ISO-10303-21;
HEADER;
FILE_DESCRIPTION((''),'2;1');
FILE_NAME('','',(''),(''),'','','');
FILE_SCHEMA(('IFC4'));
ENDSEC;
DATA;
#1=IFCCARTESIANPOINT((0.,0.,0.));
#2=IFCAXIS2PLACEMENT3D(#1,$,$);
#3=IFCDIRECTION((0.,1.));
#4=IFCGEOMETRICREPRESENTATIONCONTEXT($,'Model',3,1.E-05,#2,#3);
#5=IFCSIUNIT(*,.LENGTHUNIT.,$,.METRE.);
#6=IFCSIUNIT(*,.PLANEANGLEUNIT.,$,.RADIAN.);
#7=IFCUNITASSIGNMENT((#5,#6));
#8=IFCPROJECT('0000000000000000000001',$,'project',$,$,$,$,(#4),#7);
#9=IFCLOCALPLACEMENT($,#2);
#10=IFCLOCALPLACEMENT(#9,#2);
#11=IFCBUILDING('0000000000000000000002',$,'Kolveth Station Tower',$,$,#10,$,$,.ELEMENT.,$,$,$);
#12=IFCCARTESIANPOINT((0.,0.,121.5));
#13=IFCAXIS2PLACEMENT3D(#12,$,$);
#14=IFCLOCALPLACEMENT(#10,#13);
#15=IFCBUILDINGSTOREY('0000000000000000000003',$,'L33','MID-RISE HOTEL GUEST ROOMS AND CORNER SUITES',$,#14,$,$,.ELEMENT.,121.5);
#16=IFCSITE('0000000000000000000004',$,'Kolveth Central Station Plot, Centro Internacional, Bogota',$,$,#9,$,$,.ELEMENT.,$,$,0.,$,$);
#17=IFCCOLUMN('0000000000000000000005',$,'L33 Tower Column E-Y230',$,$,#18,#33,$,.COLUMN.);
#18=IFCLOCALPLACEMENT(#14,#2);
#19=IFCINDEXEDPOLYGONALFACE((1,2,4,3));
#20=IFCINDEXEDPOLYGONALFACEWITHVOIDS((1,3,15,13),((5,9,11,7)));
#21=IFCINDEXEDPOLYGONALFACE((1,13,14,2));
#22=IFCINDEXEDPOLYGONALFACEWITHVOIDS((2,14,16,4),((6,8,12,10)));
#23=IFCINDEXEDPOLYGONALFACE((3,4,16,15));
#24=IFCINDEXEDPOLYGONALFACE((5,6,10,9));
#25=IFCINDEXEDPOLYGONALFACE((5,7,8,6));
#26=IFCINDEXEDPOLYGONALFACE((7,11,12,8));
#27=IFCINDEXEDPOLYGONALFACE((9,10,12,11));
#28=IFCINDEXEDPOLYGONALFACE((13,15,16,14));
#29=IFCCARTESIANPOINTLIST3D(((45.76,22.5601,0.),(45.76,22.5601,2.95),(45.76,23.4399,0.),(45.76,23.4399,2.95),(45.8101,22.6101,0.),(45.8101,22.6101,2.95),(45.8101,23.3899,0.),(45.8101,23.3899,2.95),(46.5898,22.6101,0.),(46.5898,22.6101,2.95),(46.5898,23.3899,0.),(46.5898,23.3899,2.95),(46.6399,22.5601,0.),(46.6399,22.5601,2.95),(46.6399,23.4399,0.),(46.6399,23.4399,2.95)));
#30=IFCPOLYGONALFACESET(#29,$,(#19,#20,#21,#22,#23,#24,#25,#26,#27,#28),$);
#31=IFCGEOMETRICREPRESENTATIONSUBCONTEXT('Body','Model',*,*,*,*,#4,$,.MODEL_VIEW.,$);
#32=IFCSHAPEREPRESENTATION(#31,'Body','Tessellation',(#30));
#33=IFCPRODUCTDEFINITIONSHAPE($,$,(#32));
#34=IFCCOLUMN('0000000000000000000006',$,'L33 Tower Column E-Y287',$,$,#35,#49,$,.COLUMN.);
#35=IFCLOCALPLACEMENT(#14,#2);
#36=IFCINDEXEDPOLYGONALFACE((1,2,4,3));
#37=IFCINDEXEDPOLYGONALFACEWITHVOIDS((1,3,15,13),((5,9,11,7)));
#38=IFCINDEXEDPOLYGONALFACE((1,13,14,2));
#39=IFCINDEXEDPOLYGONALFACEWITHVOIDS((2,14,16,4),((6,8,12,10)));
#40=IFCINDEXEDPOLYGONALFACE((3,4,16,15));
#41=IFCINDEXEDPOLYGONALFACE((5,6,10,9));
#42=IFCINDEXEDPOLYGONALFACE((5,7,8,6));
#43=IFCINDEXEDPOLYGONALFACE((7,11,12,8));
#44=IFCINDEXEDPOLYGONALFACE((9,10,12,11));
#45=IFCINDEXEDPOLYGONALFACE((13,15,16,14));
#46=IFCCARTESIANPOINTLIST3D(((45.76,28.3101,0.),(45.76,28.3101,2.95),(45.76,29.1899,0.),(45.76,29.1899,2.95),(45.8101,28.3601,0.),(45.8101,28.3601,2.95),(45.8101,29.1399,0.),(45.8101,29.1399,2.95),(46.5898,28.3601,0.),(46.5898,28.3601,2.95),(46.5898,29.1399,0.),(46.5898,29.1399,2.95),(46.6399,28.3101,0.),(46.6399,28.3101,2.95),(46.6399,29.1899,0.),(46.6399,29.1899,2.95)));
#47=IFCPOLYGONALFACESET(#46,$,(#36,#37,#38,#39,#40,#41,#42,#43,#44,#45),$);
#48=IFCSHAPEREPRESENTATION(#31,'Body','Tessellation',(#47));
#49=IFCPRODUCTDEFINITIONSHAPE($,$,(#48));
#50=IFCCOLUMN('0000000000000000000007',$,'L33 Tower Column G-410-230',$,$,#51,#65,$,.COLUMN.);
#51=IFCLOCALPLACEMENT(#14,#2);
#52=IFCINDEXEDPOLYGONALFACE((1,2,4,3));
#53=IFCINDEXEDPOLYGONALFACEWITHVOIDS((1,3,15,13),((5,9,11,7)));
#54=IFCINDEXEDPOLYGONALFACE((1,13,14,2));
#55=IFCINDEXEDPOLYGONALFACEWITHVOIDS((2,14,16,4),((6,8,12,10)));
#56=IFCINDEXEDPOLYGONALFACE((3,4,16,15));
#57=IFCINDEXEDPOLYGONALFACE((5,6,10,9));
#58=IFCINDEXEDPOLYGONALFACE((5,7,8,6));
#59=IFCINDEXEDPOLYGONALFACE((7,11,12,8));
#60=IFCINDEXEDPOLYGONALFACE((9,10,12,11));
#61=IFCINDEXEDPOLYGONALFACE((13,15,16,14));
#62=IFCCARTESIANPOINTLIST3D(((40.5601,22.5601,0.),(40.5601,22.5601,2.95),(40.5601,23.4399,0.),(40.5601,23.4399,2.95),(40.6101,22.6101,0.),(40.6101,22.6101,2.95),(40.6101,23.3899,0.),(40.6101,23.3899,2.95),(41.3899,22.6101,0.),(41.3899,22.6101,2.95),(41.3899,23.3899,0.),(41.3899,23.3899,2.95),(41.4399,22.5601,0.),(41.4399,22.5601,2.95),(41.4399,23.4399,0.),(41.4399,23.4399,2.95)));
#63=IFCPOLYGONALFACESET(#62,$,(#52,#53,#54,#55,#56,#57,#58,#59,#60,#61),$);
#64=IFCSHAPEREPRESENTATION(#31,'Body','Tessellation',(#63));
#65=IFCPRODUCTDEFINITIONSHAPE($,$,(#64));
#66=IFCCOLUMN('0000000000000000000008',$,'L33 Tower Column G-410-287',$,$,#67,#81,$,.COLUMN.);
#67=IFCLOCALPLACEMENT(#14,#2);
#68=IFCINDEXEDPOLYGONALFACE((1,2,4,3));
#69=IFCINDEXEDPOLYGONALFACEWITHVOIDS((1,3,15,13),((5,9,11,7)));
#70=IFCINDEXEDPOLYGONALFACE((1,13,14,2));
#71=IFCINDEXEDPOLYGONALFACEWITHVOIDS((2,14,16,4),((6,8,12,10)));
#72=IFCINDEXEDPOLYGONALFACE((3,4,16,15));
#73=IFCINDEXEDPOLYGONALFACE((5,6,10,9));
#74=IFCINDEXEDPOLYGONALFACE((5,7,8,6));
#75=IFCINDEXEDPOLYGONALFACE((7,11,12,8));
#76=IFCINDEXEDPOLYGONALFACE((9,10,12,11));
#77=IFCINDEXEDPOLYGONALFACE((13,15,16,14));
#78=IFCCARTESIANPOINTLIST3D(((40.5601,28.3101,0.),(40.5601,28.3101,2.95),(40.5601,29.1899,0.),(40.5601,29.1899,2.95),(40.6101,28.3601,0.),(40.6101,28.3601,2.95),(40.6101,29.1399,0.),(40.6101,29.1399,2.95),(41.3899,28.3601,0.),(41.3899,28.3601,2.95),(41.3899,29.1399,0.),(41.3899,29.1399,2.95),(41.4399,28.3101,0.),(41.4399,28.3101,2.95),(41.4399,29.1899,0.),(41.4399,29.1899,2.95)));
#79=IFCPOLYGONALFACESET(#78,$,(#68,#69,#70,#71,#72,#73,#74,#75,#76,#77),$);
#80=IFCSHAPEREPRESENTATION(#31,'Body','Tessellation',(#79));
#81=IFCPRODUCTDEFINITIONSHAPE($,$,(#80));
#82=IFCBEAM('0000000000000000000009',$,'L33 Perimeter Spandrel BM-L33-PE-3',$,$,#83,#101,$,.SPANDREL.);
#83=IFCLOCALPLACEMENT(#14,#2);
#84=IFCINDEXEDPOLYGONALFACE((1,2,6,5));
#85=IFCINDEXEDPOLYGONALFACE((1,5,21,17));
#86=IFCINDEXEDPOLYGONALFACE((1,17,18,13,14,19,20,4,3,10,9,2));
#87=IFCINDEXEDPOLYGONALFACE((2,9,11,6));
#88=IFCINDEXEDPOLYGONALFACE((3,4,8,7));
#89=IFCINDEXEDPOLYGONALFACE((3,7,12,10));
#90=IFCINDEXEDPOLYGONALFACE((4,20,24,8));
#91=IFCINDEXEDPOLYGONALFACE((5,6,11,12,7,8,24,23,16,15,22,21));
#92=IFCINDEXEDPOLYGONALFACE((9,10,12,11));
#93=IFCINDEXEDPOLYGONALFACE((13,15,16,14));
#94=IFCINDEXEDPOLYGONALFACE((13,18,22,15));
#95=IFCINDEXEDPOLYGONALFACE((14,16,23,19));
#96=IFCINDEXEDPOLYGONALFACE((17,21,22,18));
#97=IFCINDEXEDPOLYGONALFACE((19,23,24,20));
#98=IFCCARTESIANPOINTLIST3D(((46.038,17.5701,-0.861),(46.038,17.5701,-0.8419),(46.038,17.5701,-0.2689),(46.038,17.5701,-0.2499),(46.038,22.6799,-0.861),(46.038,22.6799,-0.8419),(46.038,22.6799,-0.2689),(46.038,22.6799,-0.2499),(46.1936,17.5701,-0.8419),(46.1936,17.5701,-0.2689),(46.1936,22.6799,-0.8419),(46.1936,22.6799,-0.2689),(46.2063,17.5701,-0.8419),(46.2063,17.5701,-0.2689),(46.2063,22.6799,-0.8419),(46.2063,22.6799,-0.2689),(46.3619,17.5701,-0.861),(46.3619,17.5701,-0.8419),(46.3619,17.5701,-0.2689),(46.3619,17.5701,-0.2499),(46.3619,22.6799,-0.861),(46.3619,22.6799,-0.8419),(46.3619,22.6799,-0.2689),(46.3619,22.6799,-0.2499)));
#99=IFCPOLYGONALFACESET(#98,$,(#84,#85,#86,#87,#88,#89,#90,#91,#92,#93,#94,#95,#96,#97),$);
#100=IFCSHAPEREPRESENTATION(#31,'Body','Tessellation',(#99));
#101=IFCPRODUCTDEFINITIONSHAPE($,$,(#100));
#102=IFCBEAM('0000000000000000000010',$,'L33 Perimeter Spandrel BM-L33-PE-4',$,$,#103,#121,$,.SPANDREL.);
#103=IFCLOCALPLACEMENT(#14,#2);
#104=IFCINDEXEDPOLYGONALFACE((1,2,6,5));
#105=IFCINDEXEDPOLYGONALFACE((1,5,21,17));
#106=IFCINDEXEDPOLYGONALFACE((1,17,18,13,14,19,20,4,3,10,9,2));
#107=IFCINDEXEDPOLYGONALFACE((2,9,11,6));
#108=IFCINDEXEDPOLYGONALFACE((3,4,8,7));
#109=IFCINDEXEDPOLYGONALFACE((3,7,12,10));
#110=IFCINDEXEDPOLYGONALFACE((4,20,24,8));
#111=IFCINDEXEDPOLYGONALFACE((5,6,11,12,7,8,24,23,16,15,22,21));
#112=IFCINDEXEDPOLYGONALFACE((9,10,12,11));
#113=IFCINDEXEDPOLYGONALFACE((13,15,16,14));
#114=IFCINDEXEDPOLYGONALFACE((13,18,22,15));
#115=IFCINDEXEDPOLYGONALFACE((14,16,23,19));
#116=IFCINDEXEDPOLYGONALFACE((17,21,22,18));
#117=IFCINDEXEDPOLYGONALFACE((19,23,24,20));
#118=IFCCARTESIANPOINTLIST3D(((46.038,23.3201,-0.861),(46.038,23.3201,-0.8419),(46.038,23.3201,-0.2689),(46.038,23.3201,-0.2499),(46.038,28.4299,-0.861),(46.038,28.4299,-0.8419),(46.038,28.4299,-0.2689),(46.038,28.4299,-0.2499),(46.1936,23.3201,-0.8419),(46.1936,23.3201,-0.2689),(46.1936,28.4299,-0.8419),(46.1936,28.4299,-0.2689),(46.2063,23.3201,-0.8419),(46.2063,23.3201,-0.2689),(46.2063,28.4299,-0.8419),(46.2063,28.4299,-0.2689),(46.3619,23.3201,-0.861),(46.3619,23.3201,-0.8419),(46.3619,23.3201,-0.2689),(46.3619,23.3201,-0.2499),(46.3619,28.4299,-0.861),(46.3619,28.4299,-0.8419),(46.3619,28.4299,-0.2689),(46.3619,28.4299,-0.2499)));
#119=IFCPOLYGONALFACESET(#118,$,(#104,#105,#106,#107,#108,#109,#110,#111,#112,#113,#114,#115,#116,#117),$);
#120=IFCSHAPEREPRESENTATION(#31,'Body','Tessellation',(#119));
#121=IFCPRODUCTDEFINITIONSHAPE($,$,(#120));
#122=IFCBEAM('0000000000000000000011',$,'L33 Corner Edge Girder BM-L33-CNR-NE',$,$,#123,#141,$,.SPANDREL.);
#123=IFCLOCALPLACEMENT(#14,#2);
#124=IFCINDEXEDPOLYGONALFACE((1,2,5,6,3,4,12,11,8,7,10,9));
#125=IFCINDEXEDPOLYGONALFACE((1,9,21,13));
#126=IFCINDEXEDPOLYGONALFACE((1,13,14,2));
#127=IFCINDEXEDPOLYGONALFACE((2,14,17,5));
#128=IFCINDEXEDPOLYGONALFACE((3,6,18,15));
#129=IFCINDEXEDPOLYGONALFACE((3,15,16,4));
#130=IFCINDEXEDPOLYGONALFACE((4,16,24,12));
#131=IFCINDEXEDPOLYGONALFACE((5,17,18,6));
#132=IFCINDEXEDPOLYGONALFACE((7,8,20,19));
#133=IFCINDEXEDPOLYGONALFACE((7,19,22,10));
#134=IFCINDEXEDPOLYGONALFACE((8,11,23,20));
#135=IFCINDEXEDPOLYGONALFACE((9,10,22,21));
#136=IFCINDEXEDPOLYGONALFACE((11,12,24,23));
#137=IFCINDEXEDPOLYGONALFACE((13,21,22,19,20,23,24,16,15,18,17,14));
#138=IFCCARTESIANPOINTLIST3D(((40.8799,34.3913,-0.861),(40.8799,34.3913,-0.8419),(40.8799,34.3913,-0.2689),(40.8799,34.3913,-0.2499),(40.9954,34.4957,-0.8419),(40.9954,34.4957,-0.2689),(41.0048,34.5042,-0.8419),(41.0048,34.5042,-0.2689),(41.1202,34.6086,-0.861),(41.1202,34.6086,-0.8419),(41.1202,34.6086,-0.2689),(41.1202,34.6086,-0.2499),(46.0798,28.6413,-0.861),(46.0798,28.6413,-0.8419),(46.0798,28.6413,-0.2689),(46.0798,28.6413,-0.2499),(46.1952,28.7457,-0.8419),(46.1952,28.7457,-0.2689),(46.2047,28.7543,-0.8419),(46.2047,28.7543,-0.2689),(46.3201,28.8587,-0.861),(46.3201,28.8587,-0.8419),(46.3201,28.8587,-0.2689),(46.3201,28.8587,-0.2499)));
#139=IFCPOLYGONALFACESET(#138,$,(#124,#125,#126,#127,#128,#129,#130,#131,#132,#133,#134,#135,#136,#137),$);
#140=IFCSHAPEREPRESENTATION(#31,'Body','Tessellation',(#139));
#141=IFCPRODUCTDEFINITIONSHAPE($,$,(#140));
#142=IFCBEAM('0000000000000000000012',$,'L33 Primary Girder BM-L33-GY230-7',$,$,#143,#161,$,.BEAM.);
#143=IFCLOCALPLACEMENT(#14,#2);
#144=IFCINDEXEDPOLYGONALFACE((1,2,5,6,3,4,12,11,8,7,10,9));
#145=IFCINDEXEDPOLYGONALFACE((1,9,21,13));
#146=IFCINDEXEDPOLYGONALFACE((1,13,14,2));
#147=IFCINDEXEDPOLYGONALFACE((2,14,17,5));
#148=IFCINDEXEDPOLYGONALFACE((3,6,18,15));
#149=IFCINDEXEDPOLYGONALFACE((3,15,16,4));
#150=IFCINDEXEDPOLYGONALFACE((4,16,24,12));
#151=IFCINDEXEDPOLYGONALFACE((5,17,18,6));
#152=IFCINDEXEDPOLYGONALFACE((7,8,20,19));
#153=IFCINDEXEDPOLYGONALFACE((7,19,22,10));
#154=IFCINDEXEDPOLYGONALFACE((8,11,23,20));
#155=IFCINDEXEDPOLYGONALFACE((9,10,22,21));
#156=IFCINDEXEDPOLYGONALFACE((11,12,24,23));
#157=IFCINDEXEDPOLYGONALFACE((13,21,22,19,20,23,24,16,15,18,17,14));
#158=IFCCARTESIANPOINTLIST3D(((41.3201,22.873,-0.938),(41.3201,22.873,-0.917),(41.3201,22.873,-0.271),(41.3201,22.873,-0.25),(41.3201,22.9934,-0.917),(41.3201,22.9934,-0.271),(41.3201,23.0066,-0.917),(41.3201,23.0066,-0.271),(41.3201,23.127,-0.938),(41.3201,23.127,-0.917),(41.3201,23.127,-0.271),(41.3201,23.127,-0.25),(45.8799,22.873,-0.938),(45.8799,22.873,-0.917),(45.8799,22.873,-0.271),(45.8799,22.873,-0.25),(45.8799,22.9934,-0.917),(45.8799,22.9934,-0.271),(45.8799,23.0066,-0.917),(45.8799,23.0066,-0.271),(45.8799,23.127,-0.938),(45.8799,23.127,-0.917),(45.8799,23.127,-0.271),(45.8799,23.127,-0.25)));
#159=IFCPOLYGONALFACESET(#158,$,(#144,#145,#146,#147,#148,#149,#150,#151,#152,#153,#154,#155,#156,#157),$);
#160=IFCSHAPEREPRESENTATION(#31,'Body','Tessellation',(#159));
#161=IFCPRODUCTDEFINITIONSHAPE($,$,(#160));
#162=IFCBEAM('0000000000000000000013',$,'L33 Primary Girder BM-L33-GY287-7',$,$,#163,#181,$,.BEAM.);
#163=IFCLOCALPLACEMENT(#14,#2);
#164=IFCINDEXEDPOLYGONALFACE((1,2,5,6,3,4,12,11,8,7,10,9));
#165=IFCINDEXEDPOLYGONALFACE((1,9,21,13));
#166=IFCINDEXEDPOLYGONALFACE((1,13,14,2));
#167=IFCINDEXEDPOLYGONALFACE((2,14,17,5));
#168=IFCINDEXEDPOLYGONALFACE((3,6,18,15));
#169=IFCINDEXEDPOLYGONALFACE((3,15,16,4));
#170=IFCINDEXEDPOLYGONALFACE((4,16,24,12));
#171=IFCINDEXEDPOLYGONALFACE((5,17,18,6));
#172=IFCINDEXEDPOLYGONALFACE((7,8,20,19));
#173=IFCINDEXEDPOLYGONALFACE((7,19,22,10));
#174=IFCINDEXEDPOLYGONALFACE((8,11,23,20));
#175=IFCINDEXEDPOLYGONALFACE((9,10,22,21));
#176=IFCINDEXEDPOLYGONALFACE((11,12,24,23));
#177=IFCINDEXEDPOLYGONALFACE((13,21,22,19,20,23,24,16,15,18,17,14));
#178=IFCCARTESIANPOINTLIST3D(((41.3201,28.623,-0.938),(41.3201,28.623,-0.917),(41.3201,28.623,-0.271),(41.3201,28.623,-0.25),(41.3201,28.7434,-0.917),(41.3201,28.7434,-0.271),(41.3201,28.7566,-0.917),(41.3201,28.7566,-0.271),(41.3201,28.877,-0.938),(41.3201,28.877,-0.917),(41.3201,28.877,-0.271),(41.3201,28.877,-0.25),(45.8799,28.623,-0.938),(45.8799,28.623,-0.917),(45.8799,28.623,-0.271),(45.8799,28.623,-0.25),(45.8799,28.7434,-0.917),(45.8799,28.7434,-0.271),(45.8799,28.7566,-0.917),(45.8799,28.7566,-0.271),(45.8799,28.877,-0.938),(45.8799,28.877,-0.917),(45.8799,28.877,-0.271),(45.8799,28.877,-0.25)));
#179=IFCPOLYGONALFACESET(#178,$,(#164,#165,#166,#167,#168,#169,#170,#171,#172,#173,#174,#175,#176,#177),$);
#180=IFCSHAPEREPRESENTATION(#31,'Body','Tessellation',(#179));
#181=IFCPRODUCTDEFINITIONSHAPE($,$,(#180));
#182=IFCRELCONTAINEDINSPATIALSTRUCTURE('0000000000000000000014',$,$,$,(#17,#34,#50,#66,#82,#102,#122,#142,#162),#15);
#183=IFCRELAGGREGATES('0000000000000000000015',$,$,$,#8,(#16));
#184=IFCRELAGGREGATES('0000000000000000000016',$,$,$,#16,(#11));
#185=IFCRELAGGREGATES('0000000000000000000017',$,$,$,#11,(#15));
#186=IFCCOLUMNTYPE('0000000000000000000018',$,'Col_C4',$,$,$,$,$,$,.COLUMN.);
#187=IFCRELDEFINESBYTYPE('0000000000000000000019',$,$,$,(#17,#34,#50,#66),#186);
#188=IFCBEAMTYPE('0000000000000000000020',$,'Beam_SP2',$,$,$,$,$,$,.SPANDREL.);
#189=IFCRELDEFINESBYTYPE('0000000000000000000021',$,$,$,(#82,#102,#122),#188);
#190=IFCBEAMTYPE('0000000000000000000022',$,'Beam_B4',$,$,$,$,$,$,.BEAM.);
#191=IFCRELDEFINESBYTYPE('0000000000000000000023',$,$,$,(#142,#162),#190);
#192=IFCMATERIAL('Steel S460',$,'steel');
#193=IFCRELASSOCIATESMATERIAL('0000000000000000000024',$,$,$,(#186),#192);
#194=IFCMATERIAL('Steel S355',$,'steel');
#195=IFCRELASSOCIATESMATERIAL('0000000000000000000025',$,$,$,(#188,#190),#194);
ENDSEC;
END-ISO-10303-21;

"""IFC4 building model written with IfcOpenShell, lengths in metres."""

from ifc_helpers import new_model, si_unit, direction, frame, origin, origin_2d, place, context, subcontext, project, spatial, hollow_rectangle, i_section, extrude, source, transform, mapped, material, material_profile, profile_set, type_object, element, save


model = new_model("IFC4")

# Units and contexts
model_context = context("Model", 3, precision=1e-05, world=origin(), true_north=direction((0.0, 1.0)))
body_context = subcontext(model_context, "Body", "Model", "MODEL_VIEW")
ifc_project = project(units=[si_unit("LENGTHUNIT", "METRE"), si_unit("PLANEANGLEUNIT", "RADIAN")], contexts=[model_context])

# Site, building, storey
site_placement = place(None, origin())
site = spatial("IfcSite", under=ifc_project, at=site_placement, Name="Kolveth Central Station Plot, Centro Internacional, Bogota", CompositionType="ELEMENT", RefElevation=0.0)
building_placement = place(site_placement, origin())
building = spatial("IfcBuilding", under=site, at=building_placement, Name="Kolveth Station Tower", CompositionType="ELEMENT")
storey_placement = place(building_placement, frame((0.0, 0.0, 121.5)))
storey = spatial("IfcBuildingStorey", under=building, at=storey_placement, Name="L33", Description="MID-RISE HOTEL GUEST ROOMS AND CORNER SUITES", CompositionType="ELEMENT", Elevation=121.5)

# Columns
ifc_material_1 = material(Name="Steel S460", Category="steel")
ifc_material_profile_1 = material_profile(ifc_material_1, hollow_rectangle(XDim=0.8799, YDim=0.8799, WallThickness=0.05, at=origin_2d()), Name="BOX880x880x50")
ifc_profile_set_1 = profile_set([ifc_material_profile_1], Name="Steel S460")
column_type = type_object("IfcColumnType", Name="Col_C4", PredefinedType="COLUMN", material=ifc_profile_set_1)
shared_shape_1 = source(origin(), body_context, "Body", "SweptSolid", [
    extrude(hollow_rectangle(XDim=0.8799, YDim=0.8799, WallThickness=0.05, at=origin_2d()), origin(), (0.0, 0.0, 1.0), 2.95),
])
for number, where, z_axis, x_axis, name in (
    (1, (46.2, 23.0, 0.0), (0.0, 0.0, 1.0), (1.0, 0.0, 0.0), "L33 Tower Column E-Y230"),
    (2, (46.2, 28.75, 0.0), (0.0, 0.0, 1.0), (1.0, 0.0, 0.0), "L33 Tower Column E-Y287"),
    (3, (41.0, 23.0, 0.0), (0.0, 0.0, 1.0), (1.0, 0.0, 0.0), "L33 Tower Column G-410-230"),
    (4, (41.0, 28.75, 0.0), (0.0, 0.0, 1.0), (1.0, 0.0, 0.0), "L33 Tower Column G-410-287"),
):
    element("IfcColumn", number, at=place(storey_placement, frame(where, z_axis=z_axis, x_axis=x_axis)), inside=storey, type_object=column_type, Name=name, PredefinedType="COLUMN", context=body_context, shape_type="MappedRepresentation", body=[
        mapped(shared_shape_1, transform((0.0, 0.0, 0.0), x_axis=(1.0, 0.0, 0.0), y_axis=(0.0, 1.0, 0.0), z_axis=(0.0, 0.0, 1.0), scale=1.0)),
    ])

# Beams
ifc_material_2 = material(Name="Steel S355", Category="steel")
ifc_material_profile_2 = material_profile(ifc_material_2, i_section(OverallWidth=0.324, OverallDepth=0.6111, WebThickness=0.0127, FlangeThickness=0.019, at=origin_2d()), Name="W610x155")
ifc_profile_set_2 = profile_set([ifc_material_profile_2], Name="Steel S355")
beam_type_1 = type_object("IfcBeamType", Name="Beam_SP2", PredefinedType="SPANDREL", material=ifc_profile_set_2)
shared_shape_2 = source(origin(), body_context, "Body", "SweptSolid", [
    extrude(i_section(OverallWidth=0.324, OverallDepth=0.6111, WebThickness=0.0127, FlangeThickness=0.019, at=origin_2d()), origin(), (0.0, 0.0, 1.0), 5.1099),
])
for number, where, z_axis, x_axis, name in (
    (5, (46.2, 17.5701, -0.5554), (0.0, 1.0, 0.0), (-1.0, 0.0, 0.0), "L33 Perimeter Spandrel BM-L33-PE-3"),
    (6, (46.2, 23.3201, -0.5554), (0.0, 1.0, 0.0), (-1.0, 0.0, 0.0), "L33 Perimeter Spandrel BM-L33-PE-4"),
):
    element("IfcBeam", number, at=place(storey_placement, frame(where, z_axis=z_axis, x_axis=x_axis)), inside=storey, type_object=beam_type_1, Name=name, PredefinedType="SPANDREL", context=body_context, shape_type="MappedRepresentation", body=[
        mapped(shared_shape_2, transform((0.0, 0.0, 0.0), x_axis=(1.0, 0.0, 0.0), y_axis=(0.0, 1.0, 0.0), z_axis=(0.0, 0.0, 1.0), scale=1.0)),
    ])
shared_shape_3 = source(origin(), body_context, "Body", "SweptSolid", [
    extrude(i_section(OverallWidth=0.324, OverallDepth=0.6111, WebThickness=0.0127, FlangeThickness=0.019, at=origin_2d()), origin(), (0.0, 0.0, 1.0), 7.7524),
])
beam_placement = place(storey_placement, frame((46.2, 28.75, -0.5554), z_axis=(-0.670741, 0.741692, 0.0), x_axis=(-0.741692, -0.670741, 0.0)))
element("IfcBeam", 7, at=beam_placement, inside=storey, type_object=beam_type_1, Name="L33 Corner Edge Girder BM-L33-CNR-NE", PredefinedType="SPANDREL", context=body_context, shape_type="MappedRepresentation", body=[
    mapped(shared_shape_3, transform((0.0, 0.0, 0.0), x_axis=(1.0, 0.0, 0.0), y_axis=(0.0, 1.0, 0.0), z_axis=(0.0, 0.0, 1.0), scale=1.0)),
])
ifc_material_profile_3 = material_profile(ifc_material_2, i_section(OverallWidth=0.2539, OverallDepth=0.688, WebThickness=0.0132, FlangeThickness=0.021, at=origin_2d()), Name="W690x152")
ifc_profile_set_3 = profile_set([ifc_material_profile_3], Name="Steel S355")
beam_type_2 = type_object("IfcBeamType", Name="Beam_B4", PredefinedType="BEAM", material=ifc_profile_set_3)
shared_shape_4 = source(origin(), body_context, "Body", "SweptSolid", [
    extrude(i_section(OverallWidth=0.2539, OverallDepth=0.688, WebThickness=0.0132, FlangeThickness=0.021, at=origin_2d()), origin(), (0.0, 0.0, 1.0), 4.5598),
])
for number, where, z_axis, x_axis, name in (
    (8, (41.3201, 23.0, -0.594), (1.0, 0.0, 0.0), (0.0, 1.0, 0.0), "L33 Primary Girder BM-L33-GY230-7"),
    (9, (41.3201, 28.75, -0.594), (1.0, 0.0, 0.0), (0.0, 1.0, 0.0), "L33 Primary Girder BM-L33-GY287-7"),
):
    element("IfcBeam", number, at=place(storey_placement, frame(where, z_axis=z_axis, x_axis=x_axis)), inside=storey, type_object=beam_type_2, Name=name, PredefinedType="BEAM", context=body_context, shape_type="MappedRepresentation", body=[
        mapped(shared_shape_4, transform((0.0, 0.0, 0.0), x_axis=(1.0, 0.0, 0.0), y_axis=(0.0, 1.0, 0.0), z_axis=(0.0, 0.0, 1.0), scale=1.0)),
    ])

save(model, "model.ifc")
